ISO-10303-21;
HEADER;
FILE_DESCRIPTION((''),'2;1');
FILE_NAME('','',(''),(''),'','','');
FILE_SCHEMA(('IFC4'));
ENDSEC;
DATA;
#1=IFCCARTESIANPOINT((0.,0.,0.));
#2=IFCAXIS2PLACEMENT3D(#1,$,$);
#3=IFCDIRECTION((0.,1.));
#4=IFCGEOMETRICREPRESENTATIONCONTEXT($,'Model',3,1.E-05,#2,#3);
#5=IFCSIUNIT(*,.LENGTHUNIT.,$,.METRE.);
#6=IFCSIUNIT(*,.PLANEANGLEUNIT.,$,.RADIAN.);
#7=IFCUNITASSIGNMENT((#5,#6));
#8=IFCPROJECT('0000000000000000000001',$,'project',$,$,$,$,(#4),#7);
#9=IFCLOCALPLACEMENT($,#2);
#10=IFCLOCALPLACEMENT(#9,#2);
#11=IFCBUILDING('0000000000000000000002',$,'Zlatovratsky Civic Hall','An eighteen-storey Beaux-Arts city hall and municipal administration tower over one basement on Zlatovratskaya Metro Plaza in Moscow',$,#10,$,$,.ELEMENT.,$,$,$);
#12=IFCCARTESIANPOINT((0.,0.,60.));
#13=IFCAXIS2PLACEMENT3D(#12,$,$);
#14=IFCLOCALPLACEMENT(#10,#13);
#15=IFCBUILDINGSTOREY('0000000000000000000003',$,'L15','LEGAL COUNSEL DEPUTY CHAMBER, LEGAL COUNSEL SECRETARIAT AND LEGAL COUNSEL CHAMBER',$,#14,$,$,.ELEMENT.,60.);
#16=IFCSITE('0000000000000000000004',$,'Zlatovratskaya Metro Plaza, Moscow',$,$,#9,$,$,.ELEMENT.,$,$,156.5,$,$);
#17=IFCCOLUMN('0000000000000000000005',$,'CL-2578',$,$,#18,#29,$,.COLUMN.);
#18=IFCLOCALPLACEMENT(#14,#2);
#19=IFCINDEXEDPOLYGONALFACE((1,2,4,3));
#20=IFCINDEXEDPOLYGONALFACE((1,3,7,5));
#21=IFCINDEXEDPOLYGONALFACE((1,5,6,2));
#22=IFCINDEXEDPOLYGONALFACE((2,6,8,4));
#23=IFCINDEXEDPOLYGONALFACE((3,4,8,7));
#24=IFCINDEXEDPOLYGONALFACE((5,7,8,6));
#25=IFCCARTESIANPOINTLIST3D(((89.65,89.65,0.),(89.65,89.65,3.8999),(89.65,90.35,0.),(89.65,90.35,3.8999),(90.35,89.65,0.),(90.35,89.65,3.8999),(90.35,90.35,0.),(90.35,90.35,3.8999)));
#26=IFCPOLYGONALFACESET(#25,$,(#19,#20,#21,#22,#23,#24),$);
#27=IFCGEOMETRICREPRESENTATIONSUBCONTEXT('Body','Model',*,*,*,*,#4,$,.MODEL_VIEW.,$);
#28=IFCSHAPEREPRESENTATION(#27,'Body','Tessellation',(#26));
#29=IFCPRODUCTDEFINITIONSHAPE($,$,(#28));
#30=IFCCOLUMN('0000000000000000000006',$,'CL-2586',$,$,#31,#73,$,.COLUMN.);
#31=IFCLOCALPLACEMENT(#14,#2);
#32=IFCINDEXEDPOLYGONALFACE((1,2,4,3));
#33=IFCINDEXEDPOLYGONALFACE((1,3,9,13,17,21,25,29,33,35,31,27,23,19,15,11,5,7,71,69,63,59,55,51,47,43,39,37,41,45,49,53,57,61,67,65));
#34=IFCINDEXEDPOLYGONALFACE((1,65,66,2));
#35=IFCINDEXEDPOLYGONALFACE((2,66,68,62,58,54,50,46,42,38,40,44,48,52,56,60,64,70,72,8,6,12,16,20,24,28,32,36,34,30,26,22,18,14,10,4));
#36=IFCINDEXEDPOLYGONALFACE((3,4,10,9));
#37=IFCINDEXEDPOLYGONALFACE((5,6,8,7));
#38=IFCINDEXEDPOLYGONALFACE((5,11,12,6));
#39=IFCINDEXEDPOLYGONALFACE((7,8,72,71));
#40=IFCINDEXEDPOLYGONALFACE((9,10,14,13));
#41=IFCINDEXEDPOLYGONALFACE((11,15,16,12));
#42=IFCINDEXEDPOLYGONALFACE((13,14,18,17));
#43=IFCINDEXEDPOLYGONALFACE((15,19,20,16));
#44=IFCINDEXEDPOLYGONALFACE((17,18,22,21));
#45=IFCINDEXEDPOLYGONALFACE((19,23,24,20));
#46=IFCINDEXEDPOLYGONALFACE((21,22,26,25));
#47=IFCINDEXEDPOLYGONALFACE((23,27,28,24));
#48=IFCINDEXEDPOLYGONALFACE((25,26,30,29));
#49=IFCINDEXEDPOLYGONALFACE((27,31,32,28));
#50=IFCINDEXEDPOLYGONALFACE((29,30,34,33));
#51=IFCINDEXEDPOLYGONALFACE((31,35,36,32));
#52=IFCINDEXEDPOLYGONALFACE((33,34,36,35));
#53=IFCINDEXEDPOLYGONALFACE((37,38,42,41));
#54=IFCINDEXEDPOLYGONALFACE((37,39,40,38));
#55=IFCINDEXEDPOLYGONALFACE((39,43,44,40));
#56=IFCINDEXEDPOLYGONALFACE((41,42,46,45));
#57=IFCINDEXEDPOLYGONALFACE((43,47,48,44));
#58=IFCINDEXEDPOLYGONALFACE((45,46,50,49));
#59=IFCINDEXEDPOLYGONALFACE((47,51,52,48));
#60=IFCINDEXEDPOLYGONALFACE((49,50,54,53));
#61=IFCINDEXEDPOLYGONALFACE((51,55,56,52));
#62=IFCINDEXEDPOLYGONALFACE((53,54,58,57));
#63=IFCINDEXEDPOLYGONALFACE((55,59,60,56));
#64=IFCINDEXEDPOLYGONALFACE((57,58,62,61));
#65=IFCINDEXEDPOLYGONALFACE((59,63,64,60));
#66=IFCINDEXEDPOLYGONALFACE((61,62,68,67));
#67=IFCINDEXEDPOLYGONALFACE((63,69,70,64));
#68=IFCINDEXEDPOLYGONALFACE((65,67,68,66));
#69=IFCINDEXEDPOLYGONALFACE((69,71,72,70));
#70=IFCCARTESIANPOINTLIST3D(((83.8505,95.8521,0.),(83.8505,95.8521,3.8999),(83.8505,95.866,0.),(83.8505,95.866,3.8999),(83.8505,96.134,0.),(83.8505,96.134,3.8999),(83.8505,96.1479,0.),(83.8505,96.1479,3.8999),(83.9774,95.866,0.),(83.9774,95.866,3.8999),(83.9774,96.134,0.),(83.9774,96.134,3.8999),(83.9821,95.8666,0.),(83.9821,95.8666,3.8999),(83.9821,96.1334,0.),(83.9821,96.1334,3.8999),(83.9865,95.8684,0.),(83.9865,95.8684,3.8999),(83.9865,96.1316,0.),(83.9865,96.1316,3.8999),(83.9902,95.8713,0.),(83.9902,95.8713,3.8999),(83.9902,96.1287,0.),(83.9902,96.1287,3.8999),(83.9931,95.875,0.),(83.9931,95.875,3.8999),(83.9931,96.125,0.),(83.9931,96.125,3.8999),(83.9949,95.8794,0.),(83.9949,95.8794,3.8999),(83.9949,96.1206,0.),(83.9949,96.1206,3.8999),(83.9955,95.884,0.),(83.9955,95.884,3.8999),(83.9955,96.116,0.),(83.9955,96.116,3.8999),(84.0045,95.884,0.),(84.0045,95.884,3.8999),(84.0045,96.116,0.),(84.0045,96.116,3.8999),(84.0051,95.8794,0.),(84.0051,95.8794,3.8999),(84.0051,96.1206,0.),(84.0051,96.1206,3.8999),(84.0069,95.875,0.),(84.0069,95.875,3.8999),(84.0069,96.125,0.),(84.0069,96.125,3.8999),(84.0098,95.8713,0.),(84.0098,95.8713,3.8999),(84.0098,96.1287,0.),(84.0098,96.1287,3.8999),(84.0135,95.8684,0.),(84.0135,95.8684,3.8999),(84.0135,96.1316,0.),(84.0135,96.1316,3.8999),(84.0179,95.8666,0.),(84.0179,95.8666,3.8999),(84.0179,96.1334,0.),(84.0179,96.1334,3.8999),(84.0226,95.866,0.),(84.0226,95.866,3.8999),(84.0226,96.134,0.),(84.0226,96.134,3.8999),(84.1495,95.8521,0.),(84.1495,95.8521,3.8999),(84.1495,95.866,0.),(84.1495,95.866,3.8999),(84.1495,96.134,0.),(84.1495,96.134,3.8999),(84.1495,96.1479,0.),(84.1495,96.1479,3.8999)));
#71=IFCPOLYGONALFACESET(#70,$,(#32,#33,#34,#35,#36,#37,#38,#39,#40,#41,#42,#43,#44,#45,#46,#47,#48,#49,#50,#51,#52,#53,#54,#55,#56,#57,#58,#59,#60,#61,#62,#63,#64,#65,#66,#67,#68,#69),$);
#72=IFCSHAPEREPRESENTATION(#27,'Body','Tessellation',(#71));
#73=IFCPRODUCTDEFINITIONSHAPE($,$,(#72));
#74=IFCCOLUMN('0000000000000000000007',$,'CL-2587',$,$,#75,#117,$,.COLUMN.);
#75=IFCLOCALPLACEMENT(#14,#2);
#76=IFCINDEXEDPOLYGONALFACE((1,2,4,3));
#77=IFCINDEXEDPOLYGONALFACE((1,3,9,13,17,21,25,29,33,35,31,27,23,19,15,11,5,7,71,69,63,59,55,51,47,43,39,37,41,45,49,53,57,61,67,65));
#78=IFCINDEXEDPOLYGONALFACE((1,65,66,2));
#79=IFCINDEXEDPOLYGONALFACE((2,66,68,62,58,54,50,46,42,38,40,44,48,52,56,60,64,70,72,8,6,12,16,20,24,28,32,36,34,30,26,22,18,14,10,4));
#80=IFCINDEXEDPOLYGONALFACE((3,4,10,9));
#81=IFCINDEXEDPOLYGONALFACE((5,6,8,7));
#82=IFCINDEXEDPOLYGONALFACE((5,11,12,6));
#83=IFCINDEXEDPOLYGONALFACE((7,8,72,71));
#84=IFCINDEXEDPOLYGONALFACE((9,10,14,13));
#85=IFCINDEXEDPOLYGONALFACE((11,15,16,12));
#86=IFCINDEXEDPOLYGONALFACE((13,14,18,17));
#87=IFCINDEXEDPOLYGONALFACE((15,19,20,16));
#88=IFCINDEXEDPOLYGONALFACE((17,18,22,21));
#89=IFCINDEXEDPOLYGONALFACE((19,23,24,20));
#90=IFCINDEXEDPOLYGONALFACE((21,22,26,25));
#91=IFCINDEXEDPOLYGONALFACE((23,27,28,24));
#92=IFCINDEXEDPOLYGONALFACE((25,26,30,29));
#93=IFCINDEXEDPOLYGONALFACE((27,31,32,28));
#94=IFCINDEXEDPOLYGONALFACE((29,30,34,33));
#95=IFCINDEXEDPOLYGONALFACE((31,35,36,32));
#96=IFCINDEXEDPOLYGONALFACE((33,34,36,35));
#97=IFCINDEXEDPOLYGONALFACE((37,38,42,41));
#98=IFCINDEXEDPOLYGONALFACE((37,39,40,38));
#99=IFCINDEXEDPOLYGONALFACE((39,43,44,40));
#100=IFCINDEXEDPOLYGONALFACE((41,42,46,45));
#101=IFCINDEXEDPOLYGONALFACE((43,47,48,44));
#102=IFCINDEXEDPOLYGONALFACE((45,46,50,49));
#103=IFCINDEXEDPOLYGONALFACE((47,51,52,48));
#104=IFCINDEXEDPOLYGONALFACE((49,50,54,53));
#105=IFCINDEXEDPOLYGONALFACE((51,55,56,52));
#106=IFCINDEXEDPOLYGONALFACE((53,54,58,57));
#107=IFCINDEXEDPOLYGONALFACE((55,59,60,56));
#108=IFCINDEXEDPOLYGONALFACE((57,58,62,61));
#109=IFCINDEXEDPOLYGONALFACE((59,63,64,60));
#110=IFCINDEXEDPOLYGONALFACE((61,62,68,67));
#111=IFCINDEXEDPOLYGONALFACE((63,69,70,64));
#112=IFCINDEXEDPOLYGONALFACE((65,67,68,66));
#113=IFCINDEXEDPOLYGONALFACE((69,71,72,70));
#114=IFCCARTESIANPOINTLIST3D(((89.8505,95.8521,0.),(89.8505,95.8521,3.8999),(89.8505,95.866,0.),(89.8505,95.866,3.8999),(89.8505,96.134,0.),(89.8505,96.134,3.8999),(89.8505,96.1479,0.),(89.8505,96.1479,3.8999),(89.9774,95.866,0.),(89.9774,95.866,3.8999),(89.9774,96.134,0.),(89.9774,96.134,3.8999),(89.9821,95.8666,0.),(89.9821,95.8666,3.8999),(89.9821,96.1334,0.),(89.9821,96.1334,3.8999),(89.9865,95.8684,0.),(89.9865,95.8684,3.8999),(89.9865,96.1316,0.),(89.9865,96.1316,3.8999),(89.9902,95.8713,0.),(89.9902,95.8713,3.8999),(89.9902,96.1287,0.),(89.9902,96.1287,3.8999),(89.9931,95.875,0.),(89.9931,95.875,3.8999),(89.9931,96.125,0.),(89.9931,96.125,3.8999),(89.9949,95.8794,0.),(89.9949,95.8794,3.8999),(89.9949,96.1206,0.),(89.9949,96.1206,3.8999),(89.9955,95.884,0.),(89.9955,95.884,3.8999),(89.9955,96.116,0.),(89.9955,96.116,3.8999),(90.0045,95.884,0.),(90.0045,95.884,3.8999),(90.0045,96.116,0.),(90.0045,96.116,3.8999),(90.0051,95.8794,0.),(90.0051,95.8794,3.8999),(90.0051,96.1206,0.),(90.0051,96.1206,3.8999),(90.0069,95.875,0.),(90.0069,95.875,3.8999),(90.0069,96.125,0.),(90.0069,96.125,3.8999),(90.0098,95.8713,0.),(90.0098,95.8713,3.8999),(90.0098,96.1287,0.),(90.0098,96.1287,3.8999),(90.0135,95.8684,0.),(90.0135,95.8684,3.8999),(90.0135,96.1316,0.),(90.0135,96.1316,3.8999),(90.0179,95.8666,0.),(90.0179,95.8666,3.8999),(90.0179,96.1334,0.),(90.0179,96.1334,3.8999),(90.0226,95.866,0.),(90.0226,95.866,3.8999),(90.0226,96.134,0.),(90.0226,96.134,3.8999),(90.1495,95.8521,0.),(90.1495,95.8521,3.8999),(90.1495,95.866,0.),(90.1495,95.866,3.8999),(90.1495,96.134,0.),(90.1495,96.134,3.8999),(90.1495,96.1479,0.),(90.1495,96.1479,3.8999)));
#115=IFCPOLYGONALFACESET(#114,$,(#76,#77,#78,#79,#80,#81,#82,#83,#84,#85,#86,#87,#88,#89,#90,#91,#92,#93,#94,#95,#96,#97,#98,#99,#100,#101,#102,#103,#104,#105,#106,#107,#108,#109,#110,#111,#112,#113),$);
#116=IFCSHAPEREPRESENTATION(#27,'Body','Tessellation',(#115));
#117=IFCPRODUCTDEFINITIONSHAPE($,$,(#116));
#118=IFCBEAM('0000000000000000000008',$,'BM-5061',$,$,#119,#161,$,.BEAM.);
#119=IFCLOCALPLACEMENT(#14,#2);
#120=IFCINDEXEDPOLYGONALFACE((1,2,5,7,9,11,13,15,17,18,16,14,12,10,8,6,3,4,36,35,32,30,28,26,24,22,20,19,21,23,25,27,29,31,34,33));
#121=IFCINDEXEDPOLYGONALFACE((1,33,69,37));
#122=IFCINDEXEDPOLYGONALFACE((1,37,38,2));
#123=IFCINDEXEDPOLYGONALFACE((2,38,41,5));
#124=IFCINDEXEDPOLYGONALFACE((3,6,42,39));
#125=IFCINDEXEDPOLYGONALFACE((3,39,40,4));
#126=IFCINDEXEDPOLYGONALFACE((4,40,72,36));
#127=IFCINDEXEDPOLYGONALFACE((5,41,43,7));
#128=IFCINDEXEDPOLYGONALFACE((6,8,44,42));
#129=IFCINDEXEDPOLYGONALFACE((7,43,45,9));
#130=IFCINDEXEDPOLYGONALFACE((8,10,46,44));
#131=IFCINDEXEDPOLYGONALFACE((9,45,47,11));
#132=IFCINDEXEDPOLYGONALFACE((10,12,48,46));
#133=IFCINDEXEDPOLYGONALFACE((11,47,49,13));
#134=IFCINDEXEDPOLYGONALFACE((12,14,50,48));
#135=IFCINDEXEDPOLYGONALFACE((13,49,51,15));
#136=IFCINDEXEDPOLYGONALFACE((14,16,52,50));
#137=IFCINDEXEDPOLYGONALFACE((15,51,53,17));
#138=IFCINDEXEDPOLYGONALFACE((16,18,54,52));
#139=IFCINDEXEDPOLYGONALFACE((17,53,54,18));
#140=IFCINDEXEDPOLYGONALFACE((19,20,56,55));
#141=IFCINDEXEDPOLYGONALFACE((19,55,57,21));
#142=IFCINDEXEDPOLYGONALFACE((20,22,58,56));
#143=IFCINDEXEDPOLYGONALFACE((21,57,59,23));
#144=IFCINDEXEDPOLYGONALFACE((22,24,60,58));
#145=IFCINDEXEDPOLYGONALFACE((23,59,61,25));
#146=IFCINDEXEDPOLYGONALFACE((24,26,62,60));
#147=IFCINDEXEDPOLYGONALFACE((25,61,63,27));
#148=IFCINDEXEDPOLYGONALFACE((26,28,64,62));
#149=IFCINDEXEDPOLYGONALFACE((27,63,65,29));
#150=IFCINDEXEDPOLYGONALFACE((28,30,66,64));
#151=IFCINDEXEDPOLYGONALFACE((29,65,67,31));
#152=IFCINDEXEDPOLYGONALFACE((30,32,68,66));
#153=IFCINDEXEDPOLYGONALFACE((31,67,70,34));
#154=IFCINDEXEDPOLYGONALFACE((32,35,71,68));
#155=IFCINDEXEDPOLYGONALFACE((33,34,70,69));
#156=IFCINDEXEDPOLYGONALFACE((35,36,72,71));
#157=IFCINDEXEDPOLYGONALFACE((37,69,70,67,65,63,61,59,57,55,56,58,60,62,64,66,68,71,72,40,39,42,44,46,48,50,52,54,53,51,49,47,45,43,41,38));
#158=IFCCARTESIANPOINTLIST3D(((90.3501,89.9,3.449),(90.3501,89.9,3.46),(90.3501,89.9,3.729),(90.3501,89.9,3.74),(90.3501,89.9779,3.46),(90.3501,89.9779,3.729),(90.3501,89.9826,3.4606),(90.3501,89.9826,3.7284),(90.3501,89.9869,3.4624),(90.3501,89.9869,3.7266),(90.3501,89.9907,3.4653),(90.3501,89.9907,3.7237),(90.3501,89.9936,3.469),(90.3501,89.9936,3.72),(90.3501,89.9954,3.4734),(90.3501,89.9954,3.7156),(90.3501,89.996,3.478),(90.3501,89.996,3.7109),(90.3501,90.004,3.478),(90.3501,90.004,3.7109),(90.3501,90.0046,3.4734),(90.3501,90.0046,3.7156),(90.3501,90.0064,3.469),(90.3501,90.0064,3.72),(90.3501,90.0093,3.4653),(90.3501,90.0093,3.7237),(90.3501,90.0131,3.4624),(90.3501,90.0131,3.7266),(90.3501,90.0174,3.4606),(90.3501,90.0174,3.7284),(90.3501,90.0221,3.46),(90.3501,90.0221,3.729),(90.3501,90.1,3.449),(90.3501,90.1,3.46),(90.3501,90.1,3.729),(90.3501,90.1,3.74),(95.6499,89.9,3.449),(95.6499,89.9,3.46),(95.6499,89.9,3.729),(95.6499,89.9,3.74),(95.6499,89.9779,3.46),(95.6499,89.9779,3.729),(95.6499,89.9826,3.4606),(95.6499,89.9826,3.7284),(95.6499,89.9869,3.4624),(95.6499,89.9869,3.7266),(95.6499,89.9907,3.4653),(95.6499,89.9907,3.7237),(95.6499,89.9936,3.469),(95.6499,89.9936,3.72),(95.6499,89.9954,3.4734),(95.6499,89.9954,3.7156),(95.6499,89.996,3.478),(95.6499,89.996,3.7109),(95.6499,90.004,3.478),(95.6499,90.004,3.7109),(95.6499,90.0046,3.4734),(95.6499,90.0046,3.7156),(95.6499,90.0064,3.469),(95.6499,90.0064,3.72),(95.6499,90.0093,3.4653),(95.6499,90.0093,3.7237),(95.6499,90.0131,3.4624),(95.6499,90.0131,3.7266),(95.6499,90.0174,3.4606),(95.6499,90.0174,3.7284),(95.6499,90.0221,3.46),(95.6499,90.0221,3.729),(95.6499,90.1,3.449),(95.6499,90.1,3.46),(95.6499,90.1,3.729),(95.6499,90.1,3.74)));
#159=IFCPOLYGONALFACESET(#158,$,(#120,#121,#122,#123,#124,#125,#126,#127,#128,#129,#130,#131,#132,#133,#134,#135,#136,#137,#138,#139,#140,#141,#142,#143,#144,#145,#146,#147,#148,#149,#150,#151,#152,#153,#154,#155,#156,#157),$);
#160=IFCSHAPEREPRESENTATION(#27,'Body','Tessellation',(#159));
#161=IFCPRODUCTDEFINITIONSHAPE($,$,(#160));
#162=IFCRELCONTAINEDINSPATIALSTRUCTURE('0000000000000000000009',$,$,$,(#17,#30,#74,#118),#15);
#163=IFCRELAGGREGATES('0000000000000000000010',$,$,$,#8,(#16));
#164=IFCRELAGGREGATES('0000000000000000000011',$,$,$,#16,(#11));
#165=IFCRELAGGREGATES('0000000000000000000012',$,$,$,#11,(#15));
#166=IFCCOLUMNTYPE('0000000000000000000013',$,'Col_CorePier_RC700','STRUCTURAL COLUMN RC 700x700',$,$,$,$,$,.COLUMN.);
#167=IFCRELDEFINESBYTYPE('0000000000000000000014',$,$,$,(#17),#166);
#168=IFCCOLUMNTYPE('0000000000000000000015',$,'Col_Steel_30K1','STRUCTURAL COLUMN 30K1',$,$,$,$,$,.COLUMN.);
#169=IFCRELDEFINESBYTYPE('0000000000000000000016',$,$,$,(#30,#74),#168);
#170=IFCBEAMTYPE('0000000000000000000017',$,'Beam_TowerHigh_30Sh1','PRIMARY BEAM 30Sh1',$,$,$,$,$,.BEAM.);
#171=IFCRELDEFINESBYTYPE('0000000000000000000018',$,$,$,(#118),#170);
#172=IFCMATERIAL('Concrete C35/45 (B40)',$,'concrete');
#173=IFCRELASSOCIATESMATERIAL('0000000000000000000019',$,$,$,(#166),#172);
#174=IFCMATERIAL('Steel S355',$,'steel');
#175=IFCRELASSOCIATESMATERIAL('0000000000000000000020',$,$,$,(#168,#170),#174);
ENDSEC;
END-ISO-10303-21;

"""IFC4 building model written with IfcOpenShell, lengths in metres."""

from ifc_helpers import new_model, si_unit, direction, frame, origin, origin_2d, place, context, subcontext, project, spatial, rectangle, i_section, extrude, material, material_profile, profile_set, type_object, element, save


model = new_model("IFC4")

# Units and contexts
model_context = context("Model", 3, precision=1e-05, world=origin(), true_north=direction((0.0, 1.0)))
body_context = subcontext(model_context, "Body", "Model", "MODEL_VIEW")
ifc_project = project(units=[si_unit("LENGTHUNIT", "METRE"), si_unit("PLANEANGLEUNIT", "RADIAN")], contexts=[model_context])

# Site, building, storey
site_placement = place(None, origin())
site = spatial("IfcSite", under=ifc_project, at=site_placement, Name="Zlatovratskaya Metro Plaza, Moscow", CompositionType="ELEMENT", RefElevation=156.5)
building_placement = place(site_placement, origin())
building = spatial("IfcBuilding", under=site, at=building_placement, Name="Zlatovratsky Civic Hall", Description="An eighteen-storey Beaux-Arts city hall and municipal administration tower over one basement on Zlatovratskaya Metro Plaza in Moscow", CompositionType="ELEMENT")
storey_placement = place(building_placement, frame((0.0, 0.0, 60.0)))
storey = spatial("IfcBuildingStorey", under=building, at=storey_placement, Name="L15", Description="LEGAL COUNSEL DEPUTY CHAMBER, LEGAL COUNSEL SECRETARIAT AND LEGAL COUNSEL CHAMBER", CompositionType="ELEMENT", Elevation=60.0)

# Columns
ifc_material_1 = material(Name="Concrete C35/45 (B40)", Category="concrete")
ifc_material_profile_1 = material_profile(ifc_material_1, rectangle(XDim=0.7, YDim=0.7, at=origin_2d()), Name="RC 700x700")
ifc_profile_set_1 = profile_set([ifc_material_profile_1], Name="Concrete C35/45 (B40)")
column_type_1 = type_object("IfcColumnType", Name="Col_CorePier_RC700", Description="STRUCTURAL COLUMN RC 700x700", PredefinedType="COLUMN", material=ifc_profile_set_1)
column_placement = place(storey_placement, frame((90.0, 90.0, 0.0), z_axis=(0.0, 0.0, 1.0), x_axis=(1.0, 0.0, 0.0)))
element("IfcColumn", 1, at=column_placement, inside=storey, type_object=column_type_1, Name="CL-2578", PredefinedType="COLUMN", context=body_context, shape_type="SweptSolid", body=[
    extrude(rectangle(XDim=0.7, YDim=0.7, at=origin_2d()), origin(), (0.0, 0.0, 1.0), 3.8999),
])
ifc_material_2 = material(Name="Steel S355", Category="steel")
ifc_material_profile_2 = material_profile(ifc_material_2, i_section(OverallWidth=0.2991, OverallDepth=0.2959, WebThickness=0.009, FlangeThickness=0.0139, FilletRadius=0.0181, at=origin_2d()), Name="30K1")
ifc_profile_set_2 = profile_set([ifc_material_profile_2], Name="Steel S355")
column_type_2 = type_object("IfcColumnType", Name="Col_Steel_30K1", Description="STRUCTURAL COLUMN 30K1", PredefinedType="COLUMN", material=ifc_profile_set_2)
for number, where, z_axis, x_axis, name in (
    (2, (84.0, 96.0, 0.0), (0.0, 0.0, 1.0), (1.0, 0.0, 0.0), "CL-2586"),
    (3, (90.0, 96.0, 0.0), (0.0, 0.0, 1.0), (1.0, 0.0, 0.0), "CL-2587"),
):
    element("IfcColumn", number, at=place(storey_placement, frame(where, z_axis=z_axis, x_axis=x_axis)), inside=storey, type_object=column_type_2, Name=name, PredefinedType="COLUMN", context=body_context, shape_type="SweptSolid", body=[
        extrude(i_section(OverallWidth=0.2991, OverallDepth=0.2959, WebThickness=0.009, FlangeThickness=0.0139, FilletRadius=0.0181, at=origin_2d()), origin(), (0.0, 0.0, 1.0), 3.8999),
    ])

# Beam
ifc_material_profile_3 = material_profile(ifc_material_2, i_section(OverallWidth=0.2, OverallDepth=0.291, WebThickness=0.0081, FlangeThickness=0.011, FilletRadius=0.0181, at=origin_2d()), Name="30Sh1")
ifc_profile_set_3 = profile_set([ifc_material_profile_3], Name="Steel S355")
beam_type_1 = type_object("IfcBeamType", Name="Beam_TowerHigh_30Sh1", Description="PRIMARY BEAM 30Sh1", PredefinedType="BEAM", material=ifc_profile_set_3)
beam_1_placement = place(storey_placement, frame((90.3501, 90.0, 3.5945), z_axis=(1.0, 0.0, 0.0), x_axis=(0.0, 1.0, 0.0)))
element("IfcBeam", 4, at=beam_1_placement, inside=storey, type_object=beam_type_1, Name="BM-5061", PredefinedType="BEAM", context=body_context, shape_type="SweptSolid", body=[
    extrude(i_section(OverallWidth=0.2, OverallDepth=0.291, WebThickness=0.0081, FlangeThickness=0.011, FilletRadius=0.0181, at=origin_2d()), origin(), (0.0, 0.0, 1.0), 5.2998),
])

save(model, "model.ifc")
